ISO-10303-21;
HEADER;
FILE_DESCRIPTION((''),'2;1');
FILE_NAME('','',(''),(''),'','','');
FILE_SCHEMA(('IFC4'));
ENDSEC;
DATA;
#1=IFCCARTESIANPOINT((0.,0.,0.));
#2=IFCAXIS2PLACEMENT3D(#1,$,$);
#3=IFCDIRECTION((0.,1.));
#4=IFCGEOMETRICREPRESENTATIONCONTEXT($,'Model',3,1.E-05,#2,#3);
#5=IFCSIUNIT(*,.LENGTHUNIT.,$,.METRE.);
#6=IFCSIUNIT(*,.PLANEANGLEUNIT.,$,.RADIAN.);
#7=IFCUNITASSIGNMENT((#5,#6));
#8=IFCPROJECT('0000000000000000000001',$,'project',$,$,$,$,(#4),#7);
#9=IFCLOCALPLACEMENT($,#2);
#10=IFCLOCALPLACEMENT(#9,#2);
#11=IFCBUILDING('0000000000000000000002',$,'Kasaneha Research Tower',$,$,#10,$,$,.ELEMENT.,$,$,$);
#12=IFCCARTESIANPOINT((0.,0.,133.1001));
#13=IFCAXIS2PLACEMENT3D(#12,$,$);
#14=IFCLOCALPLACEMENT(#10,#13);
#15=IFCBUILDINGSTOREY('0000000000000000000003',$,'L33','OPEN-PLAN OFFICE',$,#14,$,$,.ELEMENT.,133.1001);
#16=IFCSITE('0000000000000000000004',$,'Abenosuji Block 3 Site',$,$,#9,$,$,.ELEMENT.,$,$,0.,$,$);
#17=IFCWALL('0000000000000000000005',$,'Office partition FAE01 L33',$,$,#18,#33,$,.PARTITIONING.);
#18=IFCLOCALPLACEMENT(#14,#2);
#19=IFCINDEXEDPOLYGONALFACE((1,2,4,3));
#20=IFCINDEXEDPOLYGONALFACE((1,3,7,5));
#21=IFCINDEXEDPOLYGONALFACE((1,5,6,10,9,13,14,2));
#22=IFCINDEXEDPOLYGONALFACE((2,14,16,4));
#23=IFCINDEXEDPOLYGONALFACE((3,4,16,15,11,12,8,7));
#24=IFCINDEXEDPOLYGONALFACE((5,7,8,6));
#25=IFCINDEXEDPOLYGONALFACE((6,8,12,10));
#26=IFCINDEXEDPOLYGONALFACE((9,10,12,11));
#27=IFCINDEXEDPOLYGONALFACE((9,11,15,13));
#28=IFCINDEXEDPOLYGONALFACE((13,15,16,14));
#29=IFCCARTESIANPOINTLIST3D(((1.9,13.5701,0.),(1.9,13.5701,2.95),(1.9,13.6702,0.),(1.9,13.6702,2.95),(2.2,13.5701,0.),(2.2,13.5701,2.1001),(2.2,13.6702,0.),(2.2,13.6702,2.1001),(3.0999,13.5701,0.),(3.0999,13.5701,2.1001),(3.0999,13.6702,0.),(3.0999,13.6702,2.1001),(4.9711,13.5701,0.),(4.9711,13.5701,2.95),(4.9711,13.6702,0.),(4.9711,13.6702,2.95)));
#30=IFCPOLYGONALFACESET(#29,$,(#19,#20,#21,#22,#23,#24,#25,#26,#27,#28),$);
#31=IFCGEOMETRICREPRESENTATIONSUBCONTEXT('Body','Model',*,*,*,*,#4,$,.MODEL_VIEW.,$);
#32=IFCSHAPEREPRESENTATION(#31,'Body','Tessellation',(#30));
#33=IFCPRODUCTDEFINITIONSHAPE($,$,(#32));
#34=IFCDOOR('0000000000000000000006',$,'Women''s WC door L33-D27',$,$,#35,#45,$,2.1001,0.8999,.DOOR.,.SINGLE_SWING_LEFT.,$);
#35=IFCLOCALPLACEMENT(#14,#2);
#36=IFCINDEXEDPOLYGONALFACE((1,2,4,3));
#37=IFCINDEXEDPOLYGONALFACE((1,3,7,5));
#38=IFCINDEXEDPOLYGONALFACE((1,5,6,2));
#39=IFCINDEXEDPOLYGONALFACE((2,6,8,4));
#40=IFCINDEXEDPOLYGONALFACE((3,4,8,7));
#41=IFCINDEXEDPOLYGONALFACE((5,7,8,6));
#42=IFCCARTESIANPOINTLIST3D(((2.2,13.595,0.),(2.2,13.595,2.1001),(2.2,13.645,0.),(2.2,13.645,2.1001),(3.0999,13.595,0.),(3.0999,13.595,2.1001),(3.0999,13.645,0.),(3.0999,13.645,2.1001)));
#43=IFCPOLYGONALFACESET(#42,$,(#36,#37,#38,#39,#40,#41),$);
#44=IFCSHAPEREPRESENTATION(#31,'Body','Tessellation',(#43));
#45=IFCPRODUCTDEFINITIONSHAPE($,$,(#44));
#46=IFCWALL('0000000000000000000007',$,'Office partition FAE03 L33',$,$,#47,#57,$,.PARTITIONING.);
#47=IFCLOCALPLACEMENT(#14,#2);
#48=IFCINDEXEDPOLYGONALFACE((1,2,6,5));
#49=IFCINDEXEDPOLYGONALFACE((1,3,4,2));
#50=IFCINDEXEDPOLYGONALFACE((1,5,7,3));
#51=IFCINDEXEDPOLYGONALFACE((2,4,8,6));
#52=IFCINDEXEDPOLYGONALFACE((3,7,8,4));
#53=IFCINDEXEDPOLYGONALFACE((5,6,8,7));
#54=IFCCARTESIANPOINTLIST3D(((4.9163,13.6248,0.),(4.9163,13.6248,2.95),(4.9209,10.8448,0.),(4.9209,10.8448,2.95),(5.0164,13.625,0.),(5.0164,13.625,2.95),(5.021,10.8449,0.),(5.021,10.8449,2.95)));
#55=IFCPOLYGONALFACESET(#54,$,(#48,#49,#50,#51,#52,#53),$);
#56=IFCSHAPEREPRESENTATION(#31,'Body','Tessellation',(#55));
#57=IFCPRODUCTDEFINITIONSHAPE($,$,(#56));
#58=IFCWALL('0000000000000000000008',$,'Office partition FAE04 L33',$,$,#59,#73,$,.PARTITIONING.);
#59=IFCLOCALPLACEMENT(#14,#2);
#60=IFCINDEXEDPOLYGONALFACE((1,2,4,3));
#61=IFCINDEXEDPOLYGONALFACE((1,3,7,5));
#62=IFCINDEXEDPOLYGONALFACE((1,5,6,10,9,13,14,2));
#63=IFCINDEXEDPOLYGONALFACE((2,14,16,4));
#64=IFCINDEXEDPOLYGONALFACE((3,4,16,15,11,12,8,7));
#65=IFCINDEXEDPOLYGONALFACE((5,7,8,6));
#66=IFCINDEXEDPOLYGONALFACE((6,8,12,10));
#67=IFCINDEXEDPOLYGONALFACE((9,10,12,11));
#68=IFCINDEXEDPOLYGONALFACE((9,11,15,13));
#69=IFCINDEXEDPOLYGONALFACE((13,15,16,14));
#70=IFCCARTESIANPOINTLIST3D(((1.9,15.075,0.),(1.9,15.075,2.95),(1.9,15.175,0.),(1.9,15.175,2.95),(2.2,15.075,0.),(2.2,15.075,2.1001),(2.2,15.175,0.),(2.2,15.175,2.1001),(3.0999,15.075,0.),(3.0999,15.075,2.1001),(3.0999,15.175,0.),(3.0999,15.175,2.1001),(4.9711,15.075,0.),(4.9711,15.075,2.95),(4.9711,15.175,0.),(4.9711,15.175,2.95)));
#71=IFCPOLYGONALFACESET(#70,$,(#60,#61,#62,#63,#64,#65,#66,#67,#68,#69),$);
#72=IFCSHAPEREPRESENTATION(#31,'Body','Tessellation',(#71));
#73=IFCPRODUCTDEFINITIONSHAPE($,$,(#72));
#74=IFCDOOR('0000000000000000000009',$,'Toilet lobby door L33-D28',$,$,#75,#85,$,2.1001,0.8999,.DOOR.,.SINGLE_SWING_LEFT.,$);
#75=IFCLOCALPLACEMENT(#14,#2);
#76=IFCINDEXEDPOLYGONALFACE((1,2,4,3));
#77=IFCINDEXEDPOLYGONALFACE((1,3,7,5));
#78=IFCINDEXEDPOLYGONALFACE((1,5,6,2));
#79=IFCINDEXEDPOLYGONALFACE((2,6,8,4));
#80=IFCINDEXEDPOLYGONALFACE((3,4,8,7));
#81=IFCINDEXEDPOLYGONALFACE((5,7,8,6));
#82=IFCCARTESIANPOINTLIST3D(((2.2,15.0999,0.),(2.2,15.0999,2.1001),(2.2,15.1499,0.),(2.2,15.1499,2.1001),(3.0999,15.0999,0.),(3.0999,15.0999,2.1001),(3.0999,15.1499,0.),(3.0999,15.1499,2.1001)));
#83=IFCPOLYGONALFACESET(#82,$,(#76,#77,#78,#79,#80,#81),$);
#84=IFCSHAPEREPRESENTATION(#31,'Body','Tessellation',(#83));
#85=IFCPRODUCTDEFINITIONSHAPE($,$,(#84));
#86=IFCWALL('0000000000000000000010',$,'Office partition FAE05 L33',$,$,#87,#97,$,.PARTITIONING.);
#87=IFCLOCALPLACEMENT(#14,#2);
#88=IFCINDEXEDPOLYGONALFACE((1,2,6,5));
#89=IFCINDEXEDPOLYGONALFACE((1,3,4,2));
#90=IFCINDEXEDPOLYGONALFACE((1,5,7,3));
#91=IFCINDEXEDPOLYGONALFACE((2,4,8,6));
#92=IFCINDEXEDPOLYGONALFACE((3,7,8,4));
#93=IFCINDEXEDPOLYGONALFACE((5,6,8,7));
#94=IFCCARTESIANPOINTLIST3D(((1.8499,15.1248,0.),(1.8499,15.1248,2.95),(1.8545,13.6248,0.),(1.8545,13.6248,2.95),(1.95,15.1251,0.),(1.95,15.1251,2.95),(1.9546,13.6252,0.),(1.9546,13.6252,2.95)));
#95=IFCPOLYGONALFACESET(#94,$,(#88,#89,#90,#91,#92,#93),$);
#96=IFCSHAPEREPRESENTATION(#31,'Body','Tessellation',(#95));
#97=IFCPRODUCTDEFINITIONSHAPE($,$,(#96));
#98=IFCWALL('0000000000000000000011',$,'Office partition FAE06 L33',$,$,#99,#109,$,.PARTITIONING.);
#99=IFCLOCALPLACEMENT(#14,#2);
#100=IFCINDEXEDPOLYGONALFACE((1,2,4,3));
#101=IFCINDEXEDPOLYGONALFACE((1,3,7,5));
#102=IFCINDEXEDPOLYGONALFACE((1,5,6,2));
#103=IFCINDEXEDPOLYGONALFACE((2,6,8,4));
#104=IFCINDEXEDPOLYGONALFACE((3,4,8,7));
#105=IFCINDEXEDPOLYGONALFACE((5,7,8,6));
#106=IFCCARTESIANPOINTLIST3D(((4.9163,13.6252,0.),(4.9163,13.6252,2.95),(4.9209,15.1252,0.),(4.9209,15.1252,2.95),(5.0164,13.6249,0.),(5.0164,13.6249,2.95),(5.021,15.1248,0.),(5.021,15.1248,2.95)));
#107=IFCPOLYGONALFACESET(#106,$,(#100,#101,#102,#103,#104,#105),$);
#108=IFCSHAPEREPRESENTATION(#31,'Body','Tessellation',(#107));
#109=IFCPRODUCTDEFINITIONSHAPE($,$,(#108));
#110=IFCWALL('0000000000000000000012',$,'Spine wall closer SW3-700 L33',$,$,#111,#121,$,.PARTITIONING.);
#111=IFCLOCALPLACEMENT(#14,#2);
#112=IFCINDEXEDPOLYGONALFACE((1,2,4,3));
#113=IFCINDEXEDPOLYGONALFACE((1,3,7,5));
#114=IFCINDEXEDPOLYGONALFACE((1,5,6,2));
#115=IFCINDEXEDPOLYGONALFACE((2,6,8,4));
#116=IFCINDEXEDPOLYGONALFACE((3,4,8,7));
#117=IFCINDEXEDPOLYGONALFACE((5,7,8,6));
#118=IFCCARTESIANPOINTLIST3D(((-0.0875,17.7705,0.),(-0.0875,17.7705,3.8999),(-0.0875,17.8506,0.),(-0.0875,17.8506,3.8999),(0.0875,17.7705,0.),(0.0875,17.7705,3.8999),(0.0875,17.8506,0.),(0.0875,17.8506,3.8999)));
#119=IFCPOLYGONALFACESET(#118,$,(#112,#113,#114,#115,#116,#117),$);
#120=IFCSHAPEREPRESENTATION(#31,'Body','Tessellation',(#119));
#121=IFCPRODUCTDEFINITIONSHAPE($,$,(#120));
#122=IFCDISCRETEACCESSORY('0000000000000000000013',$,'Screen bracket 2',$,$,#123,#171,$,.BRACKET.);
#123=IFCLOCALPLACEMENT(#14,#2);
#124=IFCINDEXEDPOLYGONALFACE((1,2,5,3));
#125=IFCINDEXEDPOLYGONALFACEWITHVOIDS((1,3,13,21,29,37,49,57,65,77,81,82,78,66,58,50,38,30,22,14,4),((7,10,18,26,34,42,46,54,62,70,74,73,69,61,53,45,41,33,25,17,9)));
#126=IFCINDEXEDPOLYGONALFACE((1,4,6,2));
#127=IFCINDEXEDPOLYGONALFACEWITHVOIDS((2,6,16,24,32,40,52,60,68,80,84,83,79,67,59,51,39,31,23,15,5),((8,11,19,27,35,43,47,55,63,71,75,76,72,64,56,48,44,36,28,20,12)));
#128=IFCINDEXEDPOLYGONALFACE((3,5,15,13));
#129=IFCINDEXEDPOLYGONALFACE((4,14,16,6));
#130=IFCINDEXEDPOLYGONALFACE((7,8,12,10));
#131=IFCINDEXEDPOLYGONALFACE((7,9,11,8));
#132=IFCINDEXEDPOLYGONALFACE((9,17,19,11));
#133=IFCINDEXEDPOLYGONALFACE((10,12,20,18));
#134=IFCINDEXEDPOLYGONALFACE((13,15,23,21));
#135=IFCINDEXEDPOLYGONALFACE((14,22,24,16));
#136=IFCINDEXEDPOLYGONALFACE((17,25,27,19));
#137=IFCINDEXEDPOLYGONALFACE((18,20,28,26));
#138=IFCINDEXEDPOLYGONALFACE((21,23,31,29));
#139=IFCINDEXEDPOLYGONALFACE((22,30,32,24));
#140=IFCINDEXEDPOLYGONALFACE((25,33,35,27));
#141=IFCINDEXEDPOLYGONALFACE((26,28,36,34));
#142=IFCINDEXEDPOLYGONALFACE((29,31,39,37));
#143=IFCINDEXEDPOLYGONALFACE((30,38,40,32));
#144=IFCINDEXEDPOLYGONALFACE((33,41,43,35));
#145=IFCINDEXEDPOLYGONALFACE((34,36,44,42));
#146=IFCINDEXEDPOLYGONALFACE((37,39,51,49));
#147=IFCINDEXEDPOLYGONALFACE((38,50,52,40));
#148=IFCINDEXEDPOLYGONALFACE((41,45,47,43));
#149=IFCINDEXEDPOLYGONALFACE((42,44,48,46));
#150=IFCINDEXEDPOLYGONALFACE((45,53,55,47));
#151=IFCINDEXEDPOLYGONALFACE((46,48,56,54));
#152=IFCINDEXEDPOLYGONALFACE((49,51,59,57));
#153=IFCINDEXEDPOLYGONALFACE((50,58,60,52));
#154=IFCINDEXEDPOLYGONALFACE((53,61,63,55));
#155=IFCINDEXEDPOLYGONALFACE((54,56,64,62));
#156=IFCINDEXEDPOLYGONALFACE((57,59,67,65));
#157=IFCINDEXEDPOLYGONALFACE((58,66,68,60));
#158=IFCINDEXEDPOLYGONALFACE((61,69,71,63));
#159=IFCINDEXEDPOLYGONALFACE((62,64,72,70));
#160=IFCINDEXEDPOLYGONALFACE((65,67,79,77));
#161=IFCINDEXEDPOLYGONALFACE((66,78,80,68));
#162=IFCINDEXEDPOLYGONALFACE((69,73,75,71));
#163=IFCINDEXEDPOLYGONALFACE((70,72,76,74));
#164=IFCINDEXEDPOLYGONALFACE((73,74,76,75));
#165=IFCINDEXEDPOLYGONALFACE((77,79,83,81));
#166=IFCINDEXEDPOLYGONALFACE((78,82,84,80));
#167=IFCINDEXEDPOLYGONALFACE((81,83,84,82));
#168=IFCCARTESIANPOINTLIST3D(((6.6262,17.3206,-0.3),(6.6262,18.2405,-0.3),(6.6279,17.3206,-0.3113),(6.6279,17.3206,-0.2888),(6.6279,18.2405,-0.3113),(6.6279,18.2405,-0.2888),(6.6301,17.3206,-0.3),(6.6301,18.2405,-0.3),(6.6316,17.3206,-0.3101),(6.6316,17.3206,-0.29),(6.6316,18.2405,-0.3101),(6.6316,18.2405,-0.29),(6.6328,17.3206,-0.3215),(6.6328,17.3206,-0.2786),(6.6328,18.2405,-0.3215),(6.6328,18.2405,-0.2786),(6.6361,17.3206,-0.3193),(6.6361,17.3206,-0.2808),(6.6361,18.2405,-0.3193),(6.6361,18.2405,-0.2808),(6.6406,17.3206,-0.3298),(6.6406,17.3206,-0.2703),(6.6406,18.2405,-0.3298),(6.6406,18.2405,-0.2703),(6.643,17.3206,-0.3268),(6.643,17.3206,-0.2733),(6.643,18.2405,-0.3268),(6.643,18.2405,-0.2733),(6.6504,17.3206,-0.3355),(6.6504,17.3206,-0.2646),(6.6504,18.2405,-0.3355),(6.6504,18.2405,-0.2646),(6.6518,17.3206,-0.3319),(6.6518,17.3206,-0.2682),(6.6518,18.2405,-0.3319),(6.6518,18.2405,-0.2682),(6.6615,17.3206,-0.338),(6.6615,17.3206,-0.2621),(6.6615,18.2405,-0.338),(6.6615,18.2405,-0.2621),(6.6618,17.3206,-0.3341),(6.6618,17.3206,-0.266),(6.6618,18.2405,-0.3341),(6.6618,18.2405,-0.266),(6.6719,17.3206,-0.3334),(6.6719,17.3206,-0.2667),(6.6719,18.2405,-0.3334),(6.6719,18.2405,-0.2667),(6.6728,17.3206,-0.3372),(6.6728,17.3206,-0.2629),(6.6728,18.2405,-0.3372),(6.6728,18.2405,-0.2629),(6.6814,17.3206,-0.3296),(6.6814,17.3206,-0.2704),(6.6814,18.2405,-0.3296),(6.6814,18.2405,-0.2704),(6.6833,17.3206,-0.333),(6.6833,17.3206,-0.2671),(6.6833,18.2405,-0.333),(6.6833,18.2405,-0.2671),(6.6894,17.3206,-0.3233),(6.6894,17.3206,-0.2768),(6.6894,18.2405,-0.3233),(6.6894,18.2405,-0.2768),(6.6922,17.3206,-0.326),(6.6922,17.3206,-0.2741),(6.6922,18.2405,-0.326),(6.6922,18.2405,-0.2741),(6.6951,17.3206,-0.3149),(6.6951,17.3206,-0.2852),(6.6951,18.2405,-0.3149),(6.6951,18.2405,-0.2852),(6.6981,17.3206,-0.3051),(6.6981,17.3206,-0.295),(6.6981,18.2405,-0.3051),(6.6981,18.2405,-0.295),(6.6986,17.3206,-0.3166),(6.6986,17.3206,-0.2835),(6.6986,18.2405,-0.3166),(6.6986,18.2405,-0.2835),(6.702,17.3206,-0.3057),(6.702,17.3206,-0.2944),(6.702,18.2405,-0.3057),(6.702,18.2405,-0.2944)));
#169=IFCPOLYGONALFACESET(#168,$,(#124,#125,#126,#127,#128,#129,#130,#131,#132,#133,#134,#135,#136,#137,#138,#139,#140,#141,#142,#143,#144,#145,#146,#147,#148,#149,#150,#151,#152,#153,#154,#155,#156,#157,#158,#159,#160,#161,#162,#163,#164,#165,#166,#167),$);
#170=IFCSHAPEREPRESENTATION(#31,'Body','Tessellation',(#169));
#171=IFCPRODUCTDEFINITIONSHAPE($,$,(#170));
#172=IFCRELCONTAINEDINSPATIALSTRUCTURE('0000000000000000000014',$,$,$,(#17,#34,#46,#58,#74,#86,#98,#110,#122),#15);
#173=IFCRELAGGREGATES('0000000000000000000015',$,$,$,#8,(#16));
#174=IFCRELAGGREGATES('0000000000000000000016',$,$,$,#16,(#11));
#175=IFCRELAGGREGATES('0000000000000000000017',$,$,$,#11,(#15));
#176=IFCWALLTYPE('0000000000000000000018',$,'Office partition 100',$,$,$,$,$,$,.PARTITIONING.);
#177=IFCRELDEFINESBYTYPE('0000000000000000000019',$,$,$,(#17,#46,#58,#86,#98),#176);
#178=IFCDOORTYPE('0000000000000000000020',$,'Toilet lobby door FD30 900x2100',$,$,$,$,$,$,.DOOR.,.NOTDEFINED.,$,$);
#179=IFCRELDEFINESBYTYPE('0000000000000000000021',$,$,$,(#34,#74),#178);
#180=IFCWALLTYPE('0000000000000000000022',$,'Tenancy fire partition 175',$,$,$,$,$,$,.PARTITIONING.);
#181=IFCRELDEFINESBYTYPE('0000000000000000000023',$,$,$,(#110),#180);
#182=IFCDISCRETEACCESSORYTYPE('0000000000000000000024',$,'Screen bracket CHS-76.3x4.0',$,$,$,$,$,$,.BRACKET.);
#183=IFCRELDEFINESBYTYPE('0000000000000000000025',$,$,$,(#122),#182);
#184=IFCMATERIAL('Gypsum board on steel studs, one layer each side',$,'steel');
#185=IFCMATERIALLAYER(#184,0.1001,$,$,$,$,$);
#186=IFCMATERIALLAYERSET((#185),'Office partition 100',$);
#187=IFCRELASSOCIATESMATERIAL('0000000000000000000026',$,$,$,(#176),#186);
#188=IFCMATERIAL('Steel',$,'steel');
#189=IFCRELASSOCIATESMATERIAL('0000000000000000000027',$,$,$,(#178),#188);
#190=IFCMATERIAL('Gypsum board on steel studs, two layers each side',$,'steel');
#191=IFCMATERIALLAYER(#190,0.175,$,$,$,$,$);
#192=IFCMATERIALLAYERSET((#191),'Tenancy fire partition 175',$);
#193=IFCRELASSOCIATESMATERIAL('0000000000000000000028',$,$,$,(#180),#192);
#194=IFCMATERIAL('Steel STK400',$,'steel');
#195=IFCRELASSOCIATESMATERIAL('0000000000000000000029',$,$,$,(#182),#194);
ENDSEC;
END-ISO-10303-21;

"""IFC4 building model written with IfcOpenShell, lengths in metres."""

from ifc_helpers import new_model, si_unit, direction, frame, frame_2d, origin, origin_2d, place, context, subcontext, project, spatial, rectangle, hollow_circle, extrude, material, layer, layer_set, material_profile, profile_set, type_object, element, fill, save


model = new_model("IFC4")

# Units and contexts
model_context = context("Model", 3, precision=1e-05, world=origin(), true_north=direction((0.0, 1.0)))
body_context = subcontext(model_context, "Body", "Model", "MODEL_VIEW")
ifc_project = project(units=[si_unit("LENGTHUNIT", "METRE"), si_unit("PLANEANGLEUNIT", "RADIAN")], contexts=[model_context])

# Site, building, storey
site_placement = place(None, origin())
site = spatial("IfcSite", under=ifc_project, at=site_placement, Name="Abenosuji Block 3 Site", CompositionType="ELEMENT", RefElevation=0.0)
building_placement = place(site_placement, origin())
building = spatial("IfcBuilding", under=site, at=building_placement, Name="Kasaneha Research Tower", CompositionType="ELEMENT")
storey_placement = place(building_placement, frame((0.0, 0.0, 133.1001)))
storey = spatial("IfcBuildingStorey", under=building, at=storey_placement, Name="L33", Description="OPEN-PLAN OFFICE", CompositionType="ELEMENT", Elevation=133.1001)

# Wall, opening, door
ifc_material_1 = material(Name="Gypsum board on steel studs, one layer each side", Category="steel")
ifc_layer_1 = layer(ifc_material_1, 0.1001)
ifc_layer_set_1 = layer_set([ifc_layer_1], Name="Office partition 100")
wall_type_1 = type_object("IfcWallType", Name="Office partition 100", PredefinedType="PARTITIONING", material=ifc_layer_set_1)
wall_1_placement = place(storey_placement, frame((1.8999, 13.6201, 0.0), z_axis=(0.0, 0.0, 1.0), x_axis=(1.0, 0.0, 0.0)))
wall_1 = element("IfcWall", 1, at=wall_1_placement, inside=storey, type_object=wall_type_1, Name="Office partition FAE01 L33", PredefinedType="PARTITIONING", context=body_context, shape_type="SweptSolid", body=[
    extrude(rectangle(XDim=3.071, YDim=0.1001, at=frame_2d((1.5356, 0.0))), origin(), (0.0, 0.0, 1.0), 2.95),
])
opening_1_placement = place(wall_1_placement, frame((0.3, 0.0, 0.0)))
opening_1 = element("IfcOpeningElement", 2, at=opening_1_placement, cuts=wall_1, PredefinedType="OPENING", context=body_context, shape_type="SweptSolid", body=[
    extrude(rectangle(XDim=0.8999, YDim=2.1001, at=frame_2d((0.45, 1.05))), frame((0.0, 0.0601, 0.0), z_axis=(0.0, -1.0, 0.0), x_axis=(1.0, 0.0, 0.0)), (0.0, 0.0, 1.0), 0.1201),
])
ifc_material_2 = material(Name="Steel", Category="steel")
door_type = type_object("IfcDoorType", Name="Toilet lobby door FD30 900x2100", OperationType="NOTDEFINED", PredefinedType="DOOR", material=ifc_material_2)
door_1_placement = place(opening_1_placement, origin())
door_1 = element("IfcDoor", 3, at=door_1_placement, inside=storey, type_object=door_type, Name="Women's WC door L33-D27", OperationType="SINGLE_SWING_LEFT", OverallHeight=2.1001, OverallWidth=0.8999, PredefinedType="DOOR", context=body_context, shape_type="SweptSolid", body=[
    extrude(rectangle(XDim=0.8999, YDim=2.1001, at=frame_2d((0.45, 1.05))), frame((0.0, 0.0249, 0.0), z_axis=(0.0, -1.0, 0.0), x_axis=(1.0, 0.0, 0.0)), (0.0, 0.0, 1.0), 0.05),
])
fill(opening_1, door_1)

# Wall
wall_2_placement = place(storey_placement, frame((4.9663, 13.625, 0.0), z_axis=(0.0, 0.0, 1.0), x_axis=(0.001669, -0.999999, 0.0)))
element("IfcWall", 4, at=wall_2_placement, inside=storey, type_object=wall_type_1, Name="Office partition FAE03 L33", PredefinedType="PARTITIONING", context=body_context, shape_type="SweptSolid", body=[
    extrude(rectangle(XDim=2.78, YDim=0.1001, at=frame_2d((1.3901, 0.0))), origin(), (0.0, 0.0, 1.0), 2.95),
])

# Wall, opening, door
wall_3_placement = place(storey_placement, frame((1.8999, 15.125, 0.0), z_axis=(0.0, 0.0, 1.0), x_axis=(1.0, 0.0, 0.0)))
wall_3 = element("IfcWall", 5, at=wall_3_placement, inside=storey, type_object=wall_type_1, Name="Office partition FAE04 L33", PredefinedType="PARTITIONING", context=body_context, shape_type="SweptSolid", body=[
    extrude(rectangle(XDim=3.071, YDim=0.1001, at=frame_2d((1.5356, 0.0))), origin(), (0.0, 0.0, 1.0), 2.95),
])
opening_2_placement = place(wall_3_placement, frame((0.3, 0.0, 0.0)))
opening_2 = element("IfcOpeningElement", 6, at=opening_2_placement, cuts=wall_3, PredefinedType="OPENING", context=body_context, shape_type="SweptSolid", body=[
    extrude(rectangle(XDim=0.8999, YDim=2.1001, at=frame_2d((0.45, 1.05))), frame((0.0, 0.0601, 0.0), z_axis=(0.0, -1.0, 0.0), x_axis=(1.0, 0.0, 0.0)), (0.0, 0.0, 1.0), 0.1201),
])
door_2_placement = place(opening_2_placement, origin())
door_2 = element("IfcDoor", 7, at=door_2_placement, inside=storey, type_object=door_type, Name="Toilet lobby door L33-D28", OperationType="SINGLE_SWING_LEFT", OverallHeight=2.1001, OverallWidth=0.8999, PredefinedType="DOOR", context=body_context, shape_type="SweptSolid", body=[
    extrude(rectangle(XDim=0.8999, YDim=2.1001, at=frame_2d((0.45, 1.05))), frame((0.0, 0.0249, 0.0), z_axis=(0.0, -1.0, 0.0), x_axis=(1.0, 0.0, 0.0)), (0.0, 0.0, 1.0), 0.05),
])
fill(opening_2, door_2)

# Walls
for number, where, z_axis, x_axis, name in (
    (8, (1.9045, 13.625, 0.0), (0.0, 0.0, 1.0), (-0.003092, 0.999995, 0.0), "Office partition FAE05 L33"),
    (9, (4.9709, 15.125, 0.0), (0.0, 0.0, 1.0), (-0.003092, -0.999995, 0.0), "Office partition FAE06 L33"),
):
    element("IfcWall", number, at=place(storey_placement, frame(where, z_axis=z_axis, x_axis=x_axis)), inside=storey, type_object=wall_type_1, Name=name, PredefinedType="PARTITIONING", context=body_context, shape_type="SweptSolid", body=[
        extrude(rectangle(XDim=1.5, YDim=0.1001, at=frame_2d((0.75, 0.0))), origin(), (0.0, 0.0, 1.0), 2.95),
    ])
ifc_material_3 = material(Name="Gypsum board on steel studs, two layers each side", Category="steel")
ifc_layer_2 = layer(ifc_material_3, 0.175)
ifc_layer_set_2 = layer_set([ifc_layer_2], Name="Tenancy fire partition 175")
wall_type_2 = type_object("IfcWallType", Name="Tenancy fire partition 175", PredefinedType="PARTITIONING", material=ifc_layer_set_2)
wall_4_placement = place(storey_placement, frame((0.0, 17.7705, 0.0), z_axis=(0.0, 0.0, 1.0), x_axis=(0.0, 1.0, 0.0)))
element("IfcWall", 10, at=wall_4_placement, inside=storey, type_object=wall_type_2, Name="Spine wall closer SW3-700 L33", PredefinedType="PARTITIONING", context=body_context, shape_type="SweptSolid", body=[
    extrude(rectangle(XDim=0.0801, YDim=0.175, at=frame_2d((0.04, 0.0))), origin(), (0.0, 0.0, 1.0), 3.8999),
])

# Discrete accessory
ifc_material_4 = material(Name="Steel STK400", Category="steel")
ifc_material_profile_1 = material_profile(ifc_material_4, hollow_circle(Radius=0.0381, WallThickness=0.0039, at=origin_2d()), Name="CHS-76.3x4.0")
ifc_profile_set_1 = profile_set([ifc_material_profile_1], Name="Steel STK400")
discrete_accessory_type = type_object("IfcDiscreteAccessoryType", Name="Screen bracket CHS-76.3x4.0", PredefinedType="BRACKET", material=ifc_profile_set_1)
for number, where, z_axis, x_axis, name in (
    (11, (6.6643, 17.3206, -0.3), (0.0, 1.0, 0.0), (-1.0, 0.0, 0.0), "Screen bracket 2"),
):
    element("IfcDiscreteAccessory", number, at=place(storey_placement, frame(where, z_axis=z_axis, x_axis=x_axis)), inside=storey, type_object=discrete_accessory_type, Name=name, PredefinedType="BRACKET", context=body_context, shape_type="SweptSolid", body=[
        extrude(hollow_circle(Radius=0.0381, WallThickness=0.0039, at=origin_2d()), origin(), (0.0, 0.0, 1.0), 0.9199),
    ])

save(model, "model.ifc")
